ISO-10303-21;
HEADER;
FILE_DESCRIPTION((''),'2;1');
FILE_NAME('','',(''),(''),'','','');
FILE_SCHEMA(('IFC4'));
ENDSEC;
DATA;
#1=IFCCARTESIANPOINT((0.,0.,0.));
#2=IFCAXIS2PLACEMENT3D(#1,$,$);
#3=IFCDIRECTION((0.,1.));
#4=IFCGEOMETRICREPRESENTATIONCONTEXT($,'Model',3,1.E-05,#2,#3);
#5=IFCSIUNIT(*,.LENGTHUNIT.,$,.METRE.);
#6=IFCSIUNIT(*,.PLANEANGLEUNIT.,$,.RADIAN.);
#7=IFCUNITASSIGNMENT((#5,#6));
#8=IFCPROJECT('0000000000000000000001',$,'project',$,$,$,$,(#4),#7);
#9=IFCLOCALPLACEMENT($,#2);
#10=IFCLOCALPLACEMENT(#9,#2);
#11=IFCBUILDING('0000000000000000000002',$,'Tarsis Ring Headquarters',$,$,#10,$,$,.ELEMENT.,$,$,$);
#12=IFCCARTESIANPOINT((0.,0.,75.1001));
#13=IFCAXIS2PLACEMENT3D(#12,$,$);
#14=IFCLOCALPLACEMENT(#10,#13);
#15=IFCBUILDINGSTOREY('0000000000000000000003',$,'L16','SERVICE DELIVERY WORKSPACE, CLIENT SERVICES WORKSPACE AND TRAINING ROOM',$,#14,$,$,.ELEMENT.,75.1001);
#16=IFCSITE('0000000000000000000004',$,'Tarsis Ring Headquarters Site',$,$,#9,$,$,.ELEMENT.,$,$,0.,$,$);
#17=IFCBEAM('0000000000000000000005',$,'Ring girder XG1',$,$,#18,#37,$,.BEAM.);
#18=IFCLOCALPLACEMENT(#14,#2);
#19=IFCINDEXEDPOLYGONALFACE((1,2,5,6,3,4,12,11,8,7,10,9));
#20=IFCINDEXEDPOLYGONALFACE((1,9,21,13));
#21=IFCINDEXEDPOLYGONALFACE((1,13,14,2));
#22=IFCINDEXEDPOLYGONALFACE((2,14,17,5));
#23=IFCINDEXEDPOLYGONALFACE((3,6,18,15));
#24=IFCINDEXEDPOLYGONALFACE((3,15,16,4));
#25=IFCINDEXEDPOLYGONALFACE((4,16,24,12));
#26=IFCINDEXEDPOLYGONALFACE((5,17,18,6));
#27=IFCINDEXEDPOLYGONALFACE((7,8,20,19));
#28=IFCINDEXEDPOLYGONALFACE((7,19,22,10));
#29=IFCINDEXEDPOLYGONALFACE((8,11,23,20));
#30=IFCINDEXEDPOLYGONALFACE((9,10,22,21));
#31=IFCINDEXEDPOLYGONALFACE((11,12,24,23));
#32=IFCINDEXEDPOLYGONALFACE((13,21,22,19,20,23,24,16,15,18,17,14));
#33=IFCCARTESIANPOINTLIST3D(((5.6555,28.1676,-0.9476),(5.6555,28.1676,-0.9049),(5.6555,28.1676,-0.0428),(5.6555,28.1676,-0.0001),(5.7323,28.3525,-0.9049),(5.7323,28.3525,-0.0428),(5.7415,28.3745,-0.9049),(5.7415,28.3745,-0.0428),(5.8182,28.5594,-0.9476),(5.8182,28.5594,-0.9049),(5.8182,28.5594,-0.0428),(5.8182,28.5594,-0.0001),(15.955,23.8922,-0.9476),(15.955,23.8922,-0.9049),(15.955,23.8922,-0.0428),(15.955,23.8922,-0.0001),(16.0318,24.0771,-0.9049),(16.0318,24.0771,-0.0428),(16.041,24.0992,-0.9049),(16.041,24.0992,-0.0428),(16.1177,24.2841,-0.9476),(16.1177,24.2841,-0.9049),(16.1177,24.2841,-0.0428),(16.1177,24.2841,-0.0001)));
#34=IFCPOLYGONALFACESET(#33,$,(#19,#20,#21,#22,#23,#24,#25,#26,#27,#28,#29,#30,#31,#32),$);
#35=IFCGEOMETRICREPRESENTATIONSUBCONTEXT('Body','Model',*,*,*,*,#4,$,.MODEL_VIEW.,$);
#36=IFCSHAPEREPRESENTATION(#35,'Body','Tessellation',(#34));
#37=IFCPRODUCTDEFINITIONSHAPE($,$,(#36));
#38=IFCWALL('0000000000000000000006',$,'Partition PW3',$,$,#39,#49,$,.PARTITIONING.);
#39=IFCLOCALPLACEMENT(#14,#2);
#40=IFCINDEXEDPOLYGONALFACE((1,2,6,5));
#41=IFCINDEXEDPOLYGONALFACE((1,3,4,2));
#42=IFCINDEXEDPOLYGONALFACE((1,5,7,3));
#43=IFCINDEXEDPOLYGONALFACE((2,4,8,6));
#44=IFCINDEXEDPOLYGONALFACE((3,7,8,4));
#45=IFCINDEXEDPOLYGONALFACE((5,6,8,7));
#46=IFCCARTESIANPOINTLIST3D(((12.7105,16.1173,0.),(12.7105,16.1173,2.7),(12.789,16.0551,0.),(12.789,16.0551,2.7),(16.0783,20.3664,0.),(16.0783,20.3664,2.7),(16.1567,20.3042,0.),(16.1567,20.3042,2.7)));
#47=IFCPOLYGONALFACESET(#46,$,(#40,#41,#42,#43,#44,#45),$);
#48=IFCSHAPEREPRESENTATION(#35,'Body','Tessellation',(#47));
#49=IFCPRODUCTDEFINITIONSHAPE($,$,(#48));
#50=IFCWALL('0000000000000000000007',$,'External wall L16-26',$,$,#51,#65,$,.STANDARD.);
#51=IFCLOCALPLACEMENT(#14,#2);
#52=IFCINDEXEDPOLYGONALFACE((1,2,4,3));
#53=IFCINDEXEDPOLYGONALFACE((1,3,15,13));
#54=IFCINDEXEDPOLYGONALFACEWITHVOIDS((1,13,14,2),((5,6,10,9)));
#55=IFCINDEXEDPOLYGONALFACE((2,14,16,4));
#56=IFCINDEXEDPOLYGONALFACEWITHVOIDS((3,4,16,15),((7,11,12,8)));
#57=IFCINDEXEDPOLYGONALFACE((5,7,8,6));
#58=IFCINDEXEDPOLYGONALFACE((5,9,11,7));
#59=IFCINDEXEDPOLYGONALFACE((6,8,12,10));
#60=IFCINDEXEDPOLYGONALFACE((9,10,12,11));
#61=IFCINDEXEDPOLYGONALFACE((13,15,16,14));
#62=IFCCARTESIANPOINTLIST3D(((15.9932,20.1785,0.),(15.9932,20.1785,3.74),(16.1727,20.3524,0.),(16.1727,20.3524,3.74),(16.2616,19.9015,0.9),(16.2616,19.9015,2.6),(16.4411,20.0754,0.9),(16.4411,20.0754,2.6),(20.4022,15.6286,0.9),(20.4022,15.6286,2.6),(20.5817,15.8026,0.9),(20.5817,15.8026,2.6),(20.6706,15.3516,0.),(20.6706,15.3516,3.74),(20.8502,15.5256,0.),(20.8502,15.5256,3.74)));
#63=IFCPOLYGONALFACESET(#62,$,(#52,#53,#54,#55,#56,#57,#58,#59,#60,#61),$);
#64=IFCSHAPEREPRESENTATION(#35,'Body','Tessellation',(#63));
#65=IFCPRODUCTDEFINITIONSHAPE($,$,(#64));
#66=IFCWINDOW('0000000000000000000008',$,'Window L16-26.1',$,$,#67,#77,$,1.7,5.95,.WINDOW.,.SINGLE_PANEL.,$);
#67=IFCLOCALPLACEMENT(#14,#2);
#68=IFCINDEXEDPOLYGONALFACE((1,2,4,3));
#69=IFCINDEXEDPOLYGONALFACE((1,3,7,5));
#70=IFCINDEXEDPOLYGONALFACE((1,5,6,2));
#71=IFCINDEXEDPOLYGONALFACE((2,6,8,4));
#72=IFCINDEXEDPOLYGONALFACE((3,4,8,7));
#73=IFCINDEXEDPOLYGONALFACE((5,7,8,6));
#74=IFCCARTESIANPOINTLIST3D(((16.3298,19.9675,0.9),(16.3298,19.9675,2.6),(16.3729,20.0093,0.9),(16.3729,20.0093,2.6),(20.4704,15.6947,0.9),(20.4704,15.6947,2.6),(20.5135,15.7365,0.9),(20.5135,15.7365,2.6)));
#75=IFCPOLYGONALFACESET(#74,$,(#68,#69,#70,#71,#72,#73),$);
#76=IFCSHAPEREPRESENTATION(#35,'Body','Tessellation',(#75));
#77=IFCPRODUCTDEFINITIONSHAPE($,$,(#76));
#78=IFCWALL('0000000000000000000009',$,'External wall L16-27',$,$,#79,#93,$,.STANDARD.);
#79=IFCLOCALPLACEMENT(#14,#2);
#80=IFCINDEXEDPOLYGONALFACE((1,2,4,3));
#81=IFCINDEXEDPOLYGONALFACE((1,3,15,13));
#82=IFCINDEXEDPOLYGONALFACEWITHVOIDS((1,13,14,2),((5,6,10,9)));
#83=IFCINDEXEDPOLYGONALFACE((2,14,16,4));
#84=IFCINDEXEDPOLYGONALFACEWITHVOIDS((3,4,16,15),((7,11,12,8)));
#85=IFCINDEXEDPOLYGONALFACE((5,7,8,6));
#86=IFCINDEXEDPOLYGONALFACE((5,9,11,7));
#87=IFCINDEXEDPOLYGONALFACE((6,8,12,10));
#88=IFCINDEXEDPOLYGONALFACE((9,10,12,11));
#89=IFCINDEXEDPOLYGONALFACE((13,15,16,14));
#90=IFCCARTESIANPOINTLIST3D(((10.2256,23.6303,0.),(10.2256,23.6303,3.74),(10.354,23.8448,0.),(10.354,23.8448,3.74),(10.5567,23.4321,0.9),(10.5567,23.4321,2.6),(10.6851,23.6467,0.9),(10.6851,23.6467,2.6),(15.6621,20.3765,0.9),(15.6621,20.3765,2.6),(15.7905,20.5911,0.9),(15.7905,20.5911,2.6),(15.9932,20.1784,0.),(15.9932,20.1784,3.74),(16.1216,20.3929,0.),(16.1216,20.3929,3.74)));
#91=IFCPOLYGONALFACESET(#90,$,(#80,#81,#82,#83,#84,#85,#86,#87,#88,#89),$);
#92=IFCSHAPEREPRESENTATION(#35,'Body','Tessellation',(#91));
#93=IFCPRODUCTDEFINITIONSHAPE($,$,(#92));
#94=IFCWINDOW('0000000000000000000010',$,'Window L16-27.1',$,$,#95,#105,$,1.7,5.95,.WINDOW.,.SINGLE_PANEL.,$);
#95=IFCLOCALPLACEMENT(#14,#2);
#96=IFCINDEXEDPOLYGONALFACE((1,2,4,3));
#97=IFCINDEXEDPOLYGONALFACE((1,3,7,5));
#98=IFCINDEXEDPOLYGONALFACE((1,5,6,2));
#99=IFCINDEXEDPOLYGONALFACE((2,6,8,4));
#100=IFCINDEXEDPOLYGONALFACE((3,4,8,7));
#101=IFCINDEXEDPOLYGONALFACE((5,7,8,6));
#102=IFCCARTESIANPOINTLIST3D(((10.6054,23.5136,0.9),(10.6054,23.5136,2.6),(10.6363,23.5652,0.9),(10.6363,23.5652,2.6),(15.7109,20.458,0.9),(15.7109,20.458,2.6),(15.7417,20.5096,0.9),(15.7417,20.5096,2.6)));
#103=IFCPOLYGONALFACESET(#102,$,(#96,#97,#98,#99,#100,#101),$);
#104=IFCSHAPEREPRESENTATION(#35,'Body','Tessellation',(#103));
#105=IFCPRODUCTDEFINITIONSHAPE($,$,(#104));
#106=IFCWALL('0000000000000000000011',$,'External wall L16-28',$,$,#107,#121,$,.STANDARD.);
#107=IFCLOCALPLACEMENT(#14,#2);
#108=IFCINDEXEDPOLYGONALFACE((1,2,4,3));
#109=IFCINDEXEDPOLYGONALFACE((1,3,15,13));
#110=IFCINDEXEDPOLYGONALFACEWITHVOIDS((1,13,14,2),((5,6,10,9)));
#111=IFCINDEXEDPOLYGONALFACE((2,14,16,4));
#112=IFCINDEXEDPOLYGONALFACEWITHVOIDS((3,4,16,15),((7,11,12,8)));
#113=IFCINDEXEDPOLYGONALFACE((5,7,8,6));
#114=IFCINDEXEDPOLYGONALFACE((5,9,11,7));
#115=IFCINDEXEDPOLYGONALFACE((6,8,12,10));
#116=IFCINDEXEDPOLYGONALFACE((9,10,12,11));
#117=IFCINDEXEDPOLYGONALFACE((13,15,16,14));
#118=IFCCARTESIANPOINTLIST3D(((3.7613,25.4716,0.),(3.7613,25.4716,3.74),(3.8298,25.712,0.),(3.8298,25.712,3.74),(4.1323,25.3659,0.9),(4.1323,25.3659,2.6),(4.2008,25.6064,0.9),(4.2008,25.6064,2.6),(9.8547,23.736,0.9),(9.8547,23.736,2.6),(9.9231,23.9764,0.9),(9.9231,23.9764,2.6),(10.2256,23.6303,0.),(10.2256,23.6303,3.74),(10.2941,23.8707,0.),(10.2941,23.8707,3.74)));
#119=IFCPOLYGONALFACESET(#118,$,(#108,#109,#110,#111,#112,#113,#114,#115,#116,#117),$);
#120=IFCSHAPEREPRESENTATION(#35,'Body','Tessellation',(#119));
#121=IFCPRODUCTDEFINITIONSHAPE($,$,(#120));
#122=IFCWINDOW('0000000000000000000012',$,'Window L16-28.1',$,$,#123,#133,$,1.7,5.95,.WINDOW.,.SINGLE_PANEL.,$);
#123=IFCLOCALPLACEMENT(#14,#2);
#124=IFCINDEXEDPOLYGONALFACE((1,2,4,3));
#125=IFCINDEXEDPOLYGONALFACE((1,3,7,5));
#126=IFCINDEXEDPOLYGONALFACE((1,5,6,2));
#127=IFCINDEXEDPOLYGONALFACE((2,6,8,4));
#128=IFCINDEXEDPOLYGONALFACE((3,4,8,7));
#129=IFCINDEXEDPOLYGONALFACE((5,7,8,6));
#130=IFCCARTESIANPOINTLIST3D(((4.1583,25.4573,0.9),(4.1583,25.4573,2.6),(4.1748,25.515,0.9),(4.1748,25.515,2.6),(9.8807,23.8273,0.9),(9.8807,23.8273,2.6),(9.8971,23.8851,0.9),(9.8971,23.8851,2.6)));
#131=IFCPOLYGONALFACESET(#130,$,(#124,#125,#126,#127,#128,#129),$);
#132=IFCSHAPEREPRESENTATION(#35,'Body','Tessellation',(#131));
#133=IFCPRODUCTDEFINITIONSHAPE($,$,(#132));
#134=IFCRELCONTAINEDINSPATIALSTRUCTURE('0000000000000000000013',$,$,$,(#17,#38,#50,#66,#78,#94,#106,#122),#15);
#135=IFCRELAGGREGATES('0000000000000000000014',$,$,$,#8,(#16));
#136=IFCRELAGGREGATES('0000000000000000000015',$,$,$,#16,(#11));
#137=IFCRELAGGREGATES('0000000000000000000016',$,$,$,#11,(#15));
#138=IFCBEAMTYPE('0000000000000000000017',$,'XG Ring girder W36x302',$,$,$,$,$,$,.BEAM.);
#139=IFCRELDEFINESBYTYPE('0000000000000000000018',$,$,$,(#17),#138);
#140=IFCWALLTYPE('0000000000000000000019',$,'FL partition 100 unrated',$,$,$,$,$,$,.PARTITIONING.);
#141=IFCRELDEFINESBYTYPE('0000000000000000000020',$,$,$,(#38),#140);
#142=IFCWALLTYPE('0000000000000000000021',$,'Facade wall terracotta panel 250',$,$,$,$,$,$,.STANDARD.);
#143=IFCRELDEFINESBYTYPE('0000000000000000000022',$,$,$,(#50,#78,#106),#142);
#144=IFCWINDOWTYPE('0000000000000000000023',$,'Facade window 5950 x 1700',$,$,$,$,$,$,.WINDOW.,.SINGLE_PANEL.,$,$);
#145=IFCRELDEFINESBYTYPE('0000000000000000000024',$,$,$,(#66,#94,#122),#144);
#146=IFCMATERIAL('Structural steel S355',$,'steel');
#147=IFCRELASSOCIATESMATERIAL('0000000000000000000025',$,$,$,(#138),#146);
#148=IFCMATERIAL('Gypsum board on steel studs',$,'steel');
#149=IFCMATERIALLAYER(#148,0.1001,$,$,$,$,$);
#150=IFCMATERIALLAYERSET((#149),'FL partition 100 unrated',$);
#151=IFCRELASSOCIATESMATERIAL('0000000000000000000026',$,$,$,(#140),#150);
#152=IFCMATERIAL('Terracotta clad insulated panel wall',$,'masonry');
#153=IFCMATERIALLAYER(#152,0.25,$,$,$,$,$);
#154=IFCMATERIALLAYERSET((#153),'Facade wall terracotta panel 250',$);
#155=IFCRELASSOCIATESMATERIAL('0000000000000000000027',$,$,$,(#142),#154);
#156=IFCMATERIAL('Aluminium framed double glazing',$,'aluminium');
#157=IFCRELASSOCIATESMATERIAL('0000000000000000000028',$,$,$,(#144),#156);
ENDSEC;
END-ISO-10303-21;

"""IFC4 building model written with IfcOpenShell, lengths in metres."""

from ifc_helpers import new_model, si_unit, direction, frame, frame_2d, origin, origin_2d, place, context, subcontext, project, spatial, rectangle, i_section, extrude, material, layer, layer_set, material_profile, profile_set, type_object, element, fill, save


model = new_model("IFC4")

# Units and contexts
model_context = context("Model", 3, precision=1e-05, world=origin(), true_north=direction((0.0, 1.0)))
body_context = subcontext(model_context, "Body", "Model", "MODEL_VIEW")
ifc_project = project(units=[si_unit("LENGTHUNIT", "METRE"), si_unit("PLANEANGLEUNIT", "RADIAN")], contexts=[model_context])

# Site, building, storey
site_placement = place(None, origin())
site = spatial("IfcSite", under=ifc_project, at=site_placement, Name="Tarsis Ring Headquarters Site", CompositionType="ELEMENT", RefElevation=0.0)
building_placement = place(site_placement, origin())
building = spatial("IfcBuilding", under=site, at=building_placement, Name="Tarsis Ring Headquarters", CompositionType="ELEMENT")
storey_placement = place(building_placement, frame((0.0, 0.0, 75.1001)))
storey = spatial("IfcBuildingStorey", under=building, at=storey_placement, Name="L16", Description="SERVICE DELIVERY WORKSPACE, CLIENT SERVICES WORKSPACE AND TRAINING ROOM", CompositionType="ELEMENT", Elevation=75.1001)

# Beam
ifc_material_1 = material(Name="Structural steel S355", Category="steel")
ifc_material_profile_1 = material_profile(ifc_material_1, i_section(OverallWidth=0.4243, OverallDepth=0.9475, WebThickness=0.0239, FlangeThickness=0.0427, at=origin_2d()), Name="W36x302")
ifc_profile_set_1 = profile_set([ifc_material_profile_1], Name="Structural steel S355")
beam_type_1 = type_object("IfcBeamType", Name="XG Ring girder W36x302", PredefinedType="BEAM", material=ifc_profile_set_1)
for number, where, z_axis, x_axis, name in (
    (1, (16.0364, 24.0881, -0.4739), (-0.923588, 0.383385, 0.0), (-0.383385, -0.923588, 0.0), "Ring girder XG1"),
):
    element("IfcBeam", number, at=place(storey_placement, frame(where, z_axis=z_axis, x_axis=x_axis)), inside=storey, type_object=beam_type_1, Name=name, PredefinedType="BEAM", context=body_context, shape_type="SweptSolid", body=[
        extrude(i_section(OverallWidth=0.4243, OverallDepth=0.9475, WebThickness=0.0239, FlangeThickness=0.0427, at=origin_2d()), origin(), (0.0, 0.0, 1.0), 11.1516),
    ])

# Wall
ifc_material_2 = material(Name="Gypsum board on steel studs", Category="steel")
ifc_layer_1 = layer(ifc_material_2, 0.1001)
ifc_layer_set_1 = layer_set([ifc_layer_1], Name="FL partition 100 unrated")
wall_type_1 = type_object("IfcWallType", Name="FL partition 100 unrated", PredefinedType="PARTITIONING", material=ifc_layer_set_1)
wall_1_placement = place(storey_placement, frame((12.7498, 16.0862, 0.0), z_axis=(0.0, 0.0, 1.0), x_axis=(0.621141, 0.783699, 0.0)))
element("IfcWall", 2, at=wall_1_placement, inside=storey, type_object=wall_type_1, Name="Partition PW3", PredefinedType="PARTITIONING", context=body_context, shape_type="SweptSolid", body=[
    extrude(rectangle(XDim=5.4219, YDim=0.1001, at=frame_2d((2.7109, 0.0))), origin(), (0.0, 0.0, 1.0), 2.7),
])

# Walls, openings, windows
ifc_material_3 = material(Name="Terracotta clad insulated panel wall", Category="masonry")
ifc_layer_2 = layer(ifc_material_3, 0.25)
ifc_layer_set_2 = layer_set([ifc_layer_2], Name="Facade wall terracotta panel 250")
wall_type_2 = type_object("IfcWallType", Name="Facade wall terracotta panel 250", PredefinedType="STANDARD", material=ifc_layer_set_2)
wall_2_placement = place(storey_placement, frame((20.7605, 15.4385, 0.0), z_axis=(0.0, 0.0, 1.0), x_axis=(-0.695905, 0.718134, 0.0)))
wall_2 = element("IfcWall", 3, at=wall_2_placement, inside=storey, type_object=wall_type_2, Name="External wall L16-26", PredefinedType="STANDARD", context=body_context, shape_type="SweptSolid", body=[
    extrude(rectangle(XDim=6.7214, YDim=0.25, at=frame_2d((3.3608, 0.0))), origin(), (0.0, 0.0, 1.0), 3.74),
])
opening_1_placement = place(wall_2_placement, frame((0.3857, 0.0, 0.8999)))
opening_1 = element("IfcOpeningElement", 4, at=opening_1_placement, cuts=wall_2, PredefinedType="OPENING", context=body_context, shape_type="SweptSolid", body=[
    extrude(rectangle(XDim=5.95, YDim=1.7, at=frame_2d((2.9751, 0.8501))), frame((0.0, 0.135, 0.0), z_axis=(0.0, -1.0, 0.0), x_axis=(1.0, 0.0, 0.0)), (0.0, 0.0, 1.0), 0.27),
])
ifc_material_4 = material(Name="Aluminium framed double glazing", Category="aluminium")
window_type = type_object("IfcWindowType", Name="Facade window 5950 x 1700", PartitioningType="SINGLE_PANEL", PredefinedType="WINDOW", material=ifc_material_4)
window_1_placement = place(opening_1_placement, origin())
window_1 = element("IfcWindow", 5, at=window_1_placement, inside=storey, type_object=window_type, Name="Window L16-26.1", OverallHeight=1.7, OverallWidth=5.95, PartitioningType="SINGLE_PANEL", PredefinedType="WINDOW", context=body_context, shape_type="SweptSolid", body=[
    extrude(rectangle(XDim=5.95, YDim=1.7, at=frame_2d((2.9751, 0.8501))), frame((0.0, 0.03, 0.0), z_axis=(0.0, -1.0, 0.0), x_axis=(1.0, 0.0, 0.0)), (0.0, 0.0, 1.0), 0.0601),
])
fill(opening_1, window_1)
wall_3_placement = place(storey_placement, frame((16.0574, 20.2856, 0.0), z_axis=(0.0, 0.0, 1.0), x_axis=(-0.85806, 0.51355, 0.0)))
wall_3 = element("IfcWall", 6, at=wall_3_placement, inside=storey, type_object=wall_type_2, Name="External wall L16-27", PredefinedType="STANDARD", context=body_context, shape_type="SweptSolid", body=[
    extrude(rectangle(XDim=6.7217, YDim=0.25, at=frame_2d((3.3608, 0.0))), origin(), (0.0, 0.0, 1.0), 3.74),
])
opening_2_placement = place(wall_3_placement, frame((0.3857, 0.0, 0.8999)))
opening_2 = element("IfcOpeningElement", 7, at=opening_2_placement, cuts=wall_3, PredefinedType="OPENING", context=body_context, shape_type="SweptSolid", body=[
    extrude(rectangle(XDim=5.95, YDim=1.7, at=frame_2d((2.9751, 0.8501))), frame((0.0, 0.135, 0.0), z_axis=(0.0, -1.0, 0.0), x_axis=(1.0, 0.0, 0.0)), (0.0, 0.0, 1.0), 0.27),
])
window_2_placement = place(opening_2_placement, origin())
window_2 = element("IfcWindow", 8, at=window_2_placement, inside=storey, type_object=window_type, Name="Window L16-27.1", OverallHeight=1.7, OverallWidth=5.95, PartitioningType="SINGLE_PANEL", PredefinedType="WINDOW", context=body_context, shape_type="SweptSolid", body=[
    extrude(rectangle(XDim=5.95, YDim=1.7, at=frame_2d((2.9751, 0.8501))), frame((0.0, 0.03, 0.0), z_axis=(0.0, -1.0, 0.0), x_axis=(1.0, 0.0, 0.0)), (0.0, 0.0, 1.0), 0.0601),
])
fill(opening_2, window_2)
wall_4_placement = place(storey_placement, frame((10.26, 23.7505, 0.0), z_axis=(0.0, 0.0, 1.0), x_axis=(-0.961746, 0.273944, 0.0)))
wall_4 = element("IfcWall", 9, at=wall_4_placement, inside=storey, type_object=wall_type_2, Name="External wall L16-28", PredefinedType="STANDARD", context=body_context, shape_type="SweptSolid", body=[
    extrude(rectangle(XDim=6.7214, YDim=0.25, at=frame_2d((3.3608, 0.0))), origin(), (0.0, 0.0, 1.0), 3.74),
])
opening_3_placement = place(wall_4_placement, frame((0.3857, 0.0, 0.8999)))
opening_3 = element("IfcOpeningElement", 10, at=opening_3_placement, cuts=wall_4, PredefinedType="OPENING", context=body_context, shape_type="SweptSolid", body=[
    extrude(rectangle(XDim=5.95, YDim=1.7, at=frame_2d((2.9751, 0.8501))), frame((0.0, 0.135, 0.0), z_axis=(0.0, -1.0, 0.0), x_axis=(1.0, 0.0, 0.0)), (0.0, 0.0, 1.0), 0.27),
])
window_3_placement = place(opening_3_placement, origin())
window_3 = element("IfcWindow", 11, at=window_3_placement, inside=storey, type_object=window_type, Name="Window L16-28.1", OverallHeight=1.7, OverallWidth=5.95, PartitioningType="SINGLE_PANEL", PredefinedType="WINDOW", context=body_context, shape_type="SweptSolid", body=[
    extrude(rectangle(XDim=5.95, YDim=1.7, at=frame_2d((2.9751, 0.8501))), frame((0.0, 0.03, 0.0), z_axis=(0.0, -1.0, 0.0), x_axis=(1.0, 0.0, 0.0)), (0.0, 0.0, 1.0), 0.0601),
])
fill(opening_3, window_3)

save(model, "model.ifc")
